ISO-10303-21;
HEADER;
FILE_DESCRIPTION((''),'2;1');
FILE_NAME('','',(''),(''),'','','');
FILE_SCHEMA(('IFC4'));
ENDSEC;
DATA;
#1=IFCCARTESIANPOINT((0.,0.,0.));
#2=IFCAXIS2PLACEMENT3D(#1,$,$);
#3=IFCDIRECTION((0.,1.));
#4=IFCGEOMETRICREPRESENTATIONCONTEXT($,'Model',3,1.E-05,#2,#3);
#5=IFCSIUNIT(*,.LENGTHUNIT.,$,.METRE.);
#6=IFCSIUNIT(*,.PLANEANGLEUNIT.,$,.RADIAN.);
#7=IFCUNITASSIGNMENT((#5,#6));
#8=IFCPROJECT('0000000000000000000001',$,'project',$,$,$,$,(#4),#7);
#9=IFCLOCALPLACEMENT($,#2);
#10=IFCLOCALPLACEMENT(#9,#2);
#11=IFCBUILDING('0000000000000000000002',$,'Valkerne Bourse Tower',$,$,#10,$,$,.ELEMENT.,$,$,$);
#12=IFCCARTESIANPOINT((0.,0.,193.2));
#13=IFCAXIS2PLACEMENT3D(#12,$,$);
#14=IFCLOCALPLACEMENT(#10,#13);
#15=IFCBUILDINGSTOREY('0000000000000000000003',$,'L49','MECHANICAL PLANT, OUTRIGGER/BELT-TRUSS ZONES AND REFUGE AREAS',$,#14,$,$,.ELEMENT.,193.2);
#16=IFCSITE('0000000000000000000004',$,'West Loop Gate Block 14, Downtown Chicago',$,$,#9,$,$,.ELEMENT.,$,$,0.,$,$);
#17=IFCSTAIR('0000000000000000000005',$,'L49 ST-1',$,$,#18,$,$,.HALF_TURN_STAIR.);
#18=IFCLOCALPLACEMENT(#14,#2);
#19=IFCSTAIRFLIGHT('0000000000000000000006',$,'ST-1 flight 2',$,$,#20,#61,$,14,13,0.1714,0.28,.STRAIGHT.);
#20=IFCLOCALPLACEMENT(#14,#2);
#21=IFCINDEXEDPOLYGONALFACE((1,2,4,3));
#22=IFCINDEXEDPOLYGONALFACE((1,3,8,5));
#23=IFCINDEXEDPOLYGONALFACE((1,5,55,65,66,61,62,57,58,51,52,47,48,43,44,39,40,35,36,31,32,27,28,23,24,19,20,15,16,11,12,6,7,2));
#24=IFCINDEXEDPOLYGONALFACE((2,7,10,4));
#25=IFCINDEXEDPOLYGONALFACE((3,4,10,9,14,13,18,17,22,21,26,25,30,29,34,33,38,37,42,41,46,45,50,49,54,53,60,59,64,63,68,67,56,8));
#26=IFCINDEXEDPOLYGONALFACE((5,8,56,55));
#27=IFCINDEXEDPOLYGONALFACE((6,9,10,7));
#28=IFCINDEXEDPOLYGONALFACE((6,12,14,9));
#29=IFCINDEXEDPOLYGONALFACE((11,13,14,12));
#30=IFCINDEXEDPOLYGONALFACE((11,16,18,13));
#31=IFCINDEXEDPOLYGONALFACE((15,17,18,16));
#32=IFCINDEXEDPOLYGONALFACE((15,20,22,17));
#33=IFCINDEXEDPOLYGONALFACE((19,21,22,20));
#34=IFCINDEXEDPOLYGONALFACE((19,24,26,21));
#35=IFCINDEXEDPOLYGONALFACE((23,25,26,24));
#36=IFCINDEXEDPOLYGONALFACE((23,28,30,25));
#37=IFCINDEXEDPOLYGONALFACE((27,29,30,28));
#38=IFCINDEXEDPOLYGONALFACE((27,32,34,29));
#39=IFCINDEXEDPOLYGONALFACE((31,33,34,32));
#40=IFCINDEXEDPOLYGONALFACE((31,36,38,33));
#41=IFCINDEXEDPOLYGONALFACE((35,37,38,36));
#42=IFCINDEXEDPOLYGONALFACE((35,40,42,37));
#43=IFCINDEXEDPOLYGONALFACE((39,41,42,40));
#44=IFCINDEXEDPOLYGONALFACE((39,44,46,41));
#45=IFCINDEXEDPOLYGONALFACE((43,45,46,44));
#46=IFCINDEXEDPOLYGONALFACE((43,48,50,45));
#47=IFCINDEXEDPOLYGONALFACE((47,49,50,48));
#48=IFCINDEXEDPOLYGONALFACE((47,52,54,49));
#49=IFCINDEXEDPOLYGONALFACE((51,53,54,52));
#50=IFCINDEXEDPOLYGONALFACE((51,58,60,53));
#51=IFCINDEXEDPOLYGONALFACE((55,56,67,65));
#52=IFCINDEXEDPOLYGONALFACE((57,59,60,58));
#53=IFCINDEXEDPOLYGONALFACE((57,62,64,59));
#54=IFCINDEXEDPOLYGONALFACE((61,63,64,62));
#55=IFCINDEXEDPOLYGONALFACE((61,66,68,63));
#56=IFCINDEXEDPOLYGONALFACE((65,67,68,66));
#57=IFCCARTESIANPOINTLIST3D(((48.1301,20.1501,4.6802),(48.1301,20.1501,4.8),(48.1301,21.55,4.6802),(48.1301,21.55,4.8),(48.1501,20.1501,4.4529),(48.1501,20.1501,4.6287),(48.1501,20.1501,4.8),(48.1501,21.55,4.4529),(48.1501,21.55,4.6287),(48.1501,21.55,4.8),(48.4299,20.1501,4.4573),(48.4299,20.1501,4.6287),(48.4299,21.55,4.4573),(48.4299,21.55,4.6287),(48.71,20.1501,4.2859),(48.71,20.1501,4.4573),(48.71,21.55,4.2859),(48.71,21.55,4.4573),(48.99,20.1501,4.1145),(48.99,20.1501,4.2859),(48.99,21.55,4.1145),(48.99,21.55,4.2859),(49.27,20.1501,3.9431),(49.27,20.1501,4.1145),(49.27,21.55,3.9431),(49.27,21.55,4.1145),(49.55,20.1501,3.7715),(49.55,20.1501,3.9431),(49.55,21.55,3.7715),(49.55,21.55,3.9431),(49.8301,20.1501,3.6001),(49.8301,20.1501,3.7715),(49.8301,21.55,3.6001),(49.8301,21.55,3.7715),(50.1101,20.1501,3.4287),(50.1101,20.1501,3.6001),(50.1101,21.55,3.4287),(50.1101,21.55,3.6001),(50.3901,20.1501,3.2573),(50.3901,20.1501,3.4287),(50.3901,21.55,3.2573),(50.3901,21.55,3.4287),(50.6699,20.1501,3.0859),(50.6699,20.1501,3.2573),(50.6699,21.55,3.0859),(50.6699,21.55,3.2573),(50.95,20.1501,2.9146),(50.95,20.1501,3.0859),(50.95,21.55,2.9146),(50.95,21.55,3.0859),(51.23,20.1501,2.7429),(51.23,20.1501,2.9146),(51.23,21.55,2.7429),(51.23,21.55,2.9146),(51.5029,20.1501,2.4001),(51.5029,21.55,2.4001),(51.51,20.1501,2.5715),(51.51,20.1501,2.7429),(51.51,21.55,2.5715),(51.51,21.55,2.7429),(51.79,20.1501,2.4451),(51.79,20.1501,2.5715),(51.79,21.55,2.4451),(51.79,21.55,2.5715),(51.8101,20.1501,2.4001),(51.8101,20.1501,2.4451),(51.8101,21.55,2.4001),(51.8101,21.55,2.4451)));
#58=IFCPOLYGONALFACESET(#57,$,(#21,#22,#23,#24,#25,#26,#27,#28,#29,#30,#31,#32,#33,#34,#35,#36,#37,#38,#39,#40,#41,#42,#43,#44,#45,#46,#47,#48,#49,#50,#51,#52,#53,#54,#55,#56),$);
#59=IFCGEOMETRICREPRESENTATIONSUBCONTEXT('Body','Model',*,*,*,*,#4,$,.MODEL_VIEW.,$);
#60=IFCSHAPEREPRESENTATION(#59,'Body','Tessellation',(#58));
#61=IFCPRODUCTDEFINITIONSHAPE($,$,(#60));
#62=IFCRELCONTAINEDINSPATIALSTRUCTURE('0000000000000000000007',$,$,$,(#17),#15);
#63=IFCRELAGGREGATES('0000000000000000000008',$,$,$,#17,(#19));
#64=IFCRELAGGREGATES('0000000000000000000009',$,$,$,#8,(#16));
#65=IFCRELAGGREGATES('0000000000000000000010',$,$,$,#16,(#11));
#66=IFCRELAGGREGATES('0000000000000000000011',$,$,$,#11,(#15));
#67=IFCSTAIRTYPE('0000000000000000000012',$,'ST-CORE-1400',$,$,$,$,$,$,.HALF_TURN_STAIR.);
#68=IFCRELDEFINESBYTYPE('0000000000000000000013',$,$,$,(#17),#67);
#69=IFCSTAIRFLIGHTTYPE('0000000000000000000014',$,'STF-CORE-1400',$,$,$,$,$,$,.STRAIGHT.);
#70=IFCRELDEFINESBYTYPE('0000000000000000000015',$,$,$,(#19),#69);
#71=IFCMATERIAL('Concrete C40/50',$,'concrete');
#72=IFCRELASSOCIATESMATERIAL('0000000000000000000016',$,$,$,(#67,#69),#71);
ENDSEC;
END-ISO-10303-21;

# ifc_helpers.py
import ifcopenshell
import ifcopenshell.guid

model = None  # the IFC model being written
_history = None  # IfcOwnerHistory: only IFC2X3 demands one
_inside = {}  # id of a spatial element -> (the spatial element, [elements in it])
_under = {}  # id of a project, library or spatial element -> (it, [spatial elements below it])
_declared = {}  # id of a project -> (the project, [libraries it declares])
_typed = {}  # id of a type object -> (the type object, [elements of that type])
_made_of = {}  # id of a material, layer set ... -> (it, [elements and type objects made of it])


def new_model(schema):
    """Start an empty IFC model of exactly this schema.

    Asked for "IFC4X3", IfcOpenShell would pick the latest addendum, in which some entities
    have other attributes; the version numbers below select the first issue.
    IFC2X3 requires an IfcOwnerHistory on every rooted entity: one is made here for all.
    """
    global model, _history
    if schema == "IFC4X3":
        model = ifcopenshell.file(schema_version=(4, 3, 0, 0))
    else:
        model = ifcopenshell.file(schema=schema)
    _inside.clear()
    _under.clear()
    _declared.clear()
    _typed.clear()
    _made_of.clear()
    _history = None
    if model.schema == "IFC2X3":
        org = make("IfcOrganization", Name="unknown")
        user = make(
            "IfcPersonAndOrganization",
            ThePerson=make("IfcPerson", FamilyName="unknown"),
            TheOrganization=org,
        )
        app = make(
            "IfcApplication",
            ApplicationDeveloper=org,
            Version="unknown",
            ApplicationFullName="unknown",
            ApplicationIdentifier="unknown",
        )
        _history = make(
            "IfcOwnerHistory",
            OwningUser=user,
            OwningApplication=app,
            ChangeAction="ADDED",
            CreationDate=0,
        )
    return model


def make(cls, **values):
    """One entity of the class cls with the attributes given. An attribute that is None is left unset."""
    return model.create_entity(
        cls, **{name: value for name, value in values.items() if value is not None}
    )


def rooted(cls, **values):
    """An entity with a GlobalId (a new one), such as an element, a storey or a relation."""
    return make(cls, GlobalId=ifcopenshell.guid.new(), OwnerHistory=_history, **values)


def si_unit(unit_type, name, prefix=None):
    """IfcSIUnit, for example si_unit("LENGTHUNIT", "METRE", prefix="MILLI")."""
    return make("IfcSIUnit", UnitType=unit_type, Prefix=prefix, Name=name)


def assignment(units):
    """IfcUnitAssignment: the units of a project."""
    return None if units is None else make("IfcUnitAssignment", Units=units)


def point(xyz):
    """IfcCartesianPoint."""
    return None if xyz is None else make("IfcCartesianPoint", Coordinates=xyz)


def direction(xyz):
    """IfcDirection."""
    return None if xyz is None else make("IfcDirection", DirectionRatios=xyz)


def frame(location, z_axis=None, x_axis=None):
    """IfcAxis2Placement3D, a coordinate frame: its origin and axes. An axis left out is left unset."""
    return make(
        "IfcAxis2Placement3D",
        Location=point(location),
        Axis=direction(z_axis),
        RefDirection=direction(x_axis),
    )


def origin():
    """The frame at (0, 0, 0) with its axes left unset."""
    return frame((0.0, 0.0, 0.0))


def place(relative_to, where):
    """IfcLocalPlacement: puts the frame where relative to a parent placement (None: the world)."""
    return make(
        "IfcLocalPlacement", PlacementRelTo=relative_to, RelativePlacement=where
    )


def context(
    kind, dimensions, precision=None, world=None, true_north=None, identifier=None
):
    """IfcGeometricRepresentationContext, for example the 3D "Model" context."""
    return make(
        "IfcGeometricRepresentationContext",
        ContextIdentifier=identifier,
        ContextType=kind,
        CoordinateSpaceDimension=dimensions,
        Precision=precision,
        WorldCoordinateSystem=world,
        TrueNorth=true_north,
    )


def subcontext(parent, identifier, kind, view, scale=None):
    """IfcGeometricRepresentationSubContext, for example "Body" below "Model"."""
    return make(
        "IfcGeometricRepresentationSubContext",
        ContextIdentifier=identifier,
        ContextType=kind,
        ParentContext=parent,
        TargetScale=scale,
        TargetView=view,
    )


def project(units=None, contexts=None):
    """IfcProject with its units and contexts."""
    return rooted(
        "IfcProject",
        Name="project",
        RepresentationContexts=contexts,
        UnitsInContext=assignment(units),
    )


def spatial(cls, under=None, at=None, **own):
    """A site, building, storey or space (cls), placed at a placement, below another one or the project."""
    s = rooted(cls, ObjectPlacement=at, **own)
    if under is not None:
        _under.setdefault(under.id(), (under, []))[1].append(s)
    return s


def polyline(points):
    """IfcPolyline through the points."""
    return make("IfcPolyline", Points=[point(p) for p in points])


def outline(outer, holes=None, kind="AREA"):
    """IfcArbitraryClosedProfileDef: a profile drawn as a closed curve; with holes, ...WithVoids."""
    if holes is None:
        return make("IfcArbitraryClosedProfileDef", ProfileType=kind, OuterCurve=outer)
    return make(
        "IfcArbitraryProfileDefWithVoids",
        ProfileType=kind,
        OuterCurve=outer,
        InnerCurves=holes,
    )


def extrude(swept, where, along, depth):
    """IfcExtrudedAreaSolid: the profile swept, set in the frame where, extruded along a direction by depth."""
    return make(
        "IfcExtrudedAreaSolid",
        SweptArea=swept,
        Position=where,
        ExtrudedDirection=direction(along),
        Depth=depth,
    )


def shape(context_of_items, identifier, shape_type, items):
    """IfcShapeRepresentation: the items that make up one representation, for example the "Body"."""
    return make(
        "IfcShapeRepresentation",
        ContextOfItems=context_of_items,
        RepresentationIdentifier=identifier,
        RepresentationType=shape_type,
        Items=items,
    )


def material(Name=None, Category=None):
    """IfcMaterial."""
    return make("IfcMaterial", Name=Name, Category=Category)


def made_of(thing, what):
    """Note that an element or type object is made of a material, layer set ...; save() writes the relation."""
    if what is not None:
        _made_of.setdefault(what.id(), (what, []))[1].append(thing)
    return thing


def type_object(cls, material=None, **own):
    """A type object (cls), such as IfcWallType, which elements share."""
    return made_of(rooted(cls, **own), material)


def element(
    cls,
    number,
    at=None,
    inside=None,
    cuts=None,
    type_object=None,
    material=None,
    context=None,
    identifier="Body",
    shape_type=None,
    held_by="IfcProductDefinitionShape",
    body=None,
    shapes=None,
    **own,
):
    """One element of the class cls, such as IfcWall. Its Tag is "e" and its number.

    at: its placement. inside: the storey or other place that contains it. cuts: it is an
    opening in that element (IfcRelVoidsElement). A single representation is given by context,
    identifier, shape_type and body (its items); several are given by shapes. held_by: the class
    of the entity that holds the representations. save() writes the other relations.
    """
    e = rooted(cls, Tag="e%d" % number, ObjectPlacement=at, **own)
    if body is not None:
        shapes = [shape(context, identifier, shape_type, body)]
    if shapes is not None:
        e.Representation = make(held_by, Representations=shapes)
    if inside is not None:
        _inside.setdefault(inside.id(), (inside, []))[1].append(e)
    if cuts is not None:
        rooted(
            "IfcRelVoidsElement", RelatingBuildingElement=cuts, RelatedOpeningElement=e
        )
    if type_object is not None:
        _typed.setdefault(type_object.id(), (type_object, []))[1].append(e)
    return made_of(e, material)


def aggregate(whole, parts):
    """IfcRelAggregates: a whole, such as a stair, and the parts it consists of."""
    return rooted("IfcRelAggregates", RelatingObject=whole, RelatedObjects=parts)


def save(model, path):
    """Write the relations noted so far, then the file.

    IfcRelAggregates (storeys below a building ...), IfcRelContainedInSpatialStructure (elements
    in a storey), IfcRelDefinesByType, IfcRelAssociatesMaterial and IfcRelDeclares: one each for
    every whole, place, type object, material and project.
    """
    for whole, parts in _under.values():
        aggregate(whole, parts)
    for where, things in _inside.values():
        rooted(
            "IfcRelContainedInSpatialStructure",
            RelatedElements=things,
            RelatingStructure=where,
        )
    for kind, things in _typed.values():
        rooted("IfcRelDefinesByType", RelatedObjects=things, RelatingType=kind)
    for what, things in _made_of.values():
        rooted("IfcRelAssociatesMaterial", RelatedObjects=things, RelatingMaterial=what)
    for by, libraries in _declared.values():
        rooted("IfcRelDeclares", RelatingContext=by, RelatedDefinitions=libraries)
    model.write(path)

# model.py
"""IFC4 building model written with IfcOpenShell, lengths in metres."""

from ifc_helpers import new_model, si_unit, direction, frame, origin, place, context, subcontext, project, spatial, polyline, outline, extrude, material, type_object, element, aggregate, save


model = new_model("IFC4")

# Units and contexts
model_context = context("Model", 3, precision=1e-05, world=origin(), true_north=direction((0.0, 1.0)))
body_context = subcontext(model_context, "Body", "Model", "MODEL_VIEW")
ifc_project = project(units=[si_unit("LENGTHUNIT", "METRE"), si_unit("PLANEANGLEUNIT", "RADIAN")], contexts=[model_context])

# Site, building, storey
site_placement = place(None, origin())
site = spatial("IfcSite", under=ifc_project, at=site_placement, Name="West Loop Gate Block 14, Downtown Chicago", CompositionType="ELEMENT", RefElevation=0.0)
building_placement = place(site_placement, origin())
building = spatial("IfcBuilding", under=site, at=building_placement, Name="Valkerne Bourse Tower", CompositionType="ELEMENT")
storey_placement = place(building_placement, frame((0.0, 0.0, 193.2)))
storey = spatial("IfcBuildingStorey", under=building, at=storey_placement, Name="L49", Description="MECHANICAL PLANT, OUTRIGGER/BELT-TRUSS ZONES AND REFUGE AREAS", CompositionType="ELEMENT", Elevation=193.2)

# Shared definitions
ifc_material_1 = material(Name="Concrete C40/50", Category="concrete")

# Stair, stair flight
stair_type = type_object("IfcStairType", Name="ST-CORE-1400", PredefinedType="HALF_TURN_STAIR", material=ifc_material_1)
stair_placement = place(storey_placement, origin())
stair = element("IfcStair", 1, at=stair_placement, inside=storey, type_object=stair_type, Name="L49 ST-1", PredefinedType="HALF_TURN_STAIR")
stair_flight_type = type_object("IfcStairFlightType", Name="STF-CORE-1400", PredefinedType="STRAIGHT", material=ifc_material_1)
stair_flight_1_placement = place(storey_placement, frame((51.79, 20.8501, 2.4001), z_axis=(0.0, 0.0, 1.0), x_axis=(-1.0, 0.0, 0.0)))
stair_flight_1 = element("IfcStairFlight", 2, at=stair_flight_1_placement, type_object=stair_flight_type, Name="ST-1 flight 2", NumberOfRisers=14, NumberOfTreads=13, PredefinedType="STRAIGHT", RiserHeight=0.1714, TreadLength=0.28, context=body_context, shape_type="SweptSolid", body=[
    extrude(outline(polyline([(-0.02, 0.0), (-0.02, 0.0449), (0.0, 0.0449), (0.0, 0.1714), (0.28, 0.1714), (0.28, 0.3428), (0.5601, 0.3428), (0.5601, 0.5144), (0.8401, 0.5144), (0.8401, 0.6858), (1.1201, 0.6858), (1.1201, 0.8572), (1.3999, 0.8572), (1.3999, 1.0286), (1.6799, 1.0286), (1.6799, 1.2), (1.96, 1.2), (1.96, 1.3713), (2.24, 1.3713), (2.24, 1.543), (2.52, 1.543), (2.52, 1.7144), (2.8, 1.7144), (2.8, 1.8857), (3.0801, 1.8857), (3.0801, 2.0571), (3.3601, 2.0571), (3.3601, 2.2285), (3.6399, 2.2285), (3.6399, 2.3999), (3.6599, 2.3999), (3.6599, 2.28), (3.6399, 2.0527), (0.2871, 0.0), (-0.02, 0.0)])), frame((0.0, 0.7, 0.0), z_axis=(0.0, -1.0, 0.0), x_axis=(1.0, 0.0, 0.0)), (0.0, 0.0, 1.0), 1.3999),
])
aggregate(stair, [stair_flight_1])

save(model, "model.ifc")
